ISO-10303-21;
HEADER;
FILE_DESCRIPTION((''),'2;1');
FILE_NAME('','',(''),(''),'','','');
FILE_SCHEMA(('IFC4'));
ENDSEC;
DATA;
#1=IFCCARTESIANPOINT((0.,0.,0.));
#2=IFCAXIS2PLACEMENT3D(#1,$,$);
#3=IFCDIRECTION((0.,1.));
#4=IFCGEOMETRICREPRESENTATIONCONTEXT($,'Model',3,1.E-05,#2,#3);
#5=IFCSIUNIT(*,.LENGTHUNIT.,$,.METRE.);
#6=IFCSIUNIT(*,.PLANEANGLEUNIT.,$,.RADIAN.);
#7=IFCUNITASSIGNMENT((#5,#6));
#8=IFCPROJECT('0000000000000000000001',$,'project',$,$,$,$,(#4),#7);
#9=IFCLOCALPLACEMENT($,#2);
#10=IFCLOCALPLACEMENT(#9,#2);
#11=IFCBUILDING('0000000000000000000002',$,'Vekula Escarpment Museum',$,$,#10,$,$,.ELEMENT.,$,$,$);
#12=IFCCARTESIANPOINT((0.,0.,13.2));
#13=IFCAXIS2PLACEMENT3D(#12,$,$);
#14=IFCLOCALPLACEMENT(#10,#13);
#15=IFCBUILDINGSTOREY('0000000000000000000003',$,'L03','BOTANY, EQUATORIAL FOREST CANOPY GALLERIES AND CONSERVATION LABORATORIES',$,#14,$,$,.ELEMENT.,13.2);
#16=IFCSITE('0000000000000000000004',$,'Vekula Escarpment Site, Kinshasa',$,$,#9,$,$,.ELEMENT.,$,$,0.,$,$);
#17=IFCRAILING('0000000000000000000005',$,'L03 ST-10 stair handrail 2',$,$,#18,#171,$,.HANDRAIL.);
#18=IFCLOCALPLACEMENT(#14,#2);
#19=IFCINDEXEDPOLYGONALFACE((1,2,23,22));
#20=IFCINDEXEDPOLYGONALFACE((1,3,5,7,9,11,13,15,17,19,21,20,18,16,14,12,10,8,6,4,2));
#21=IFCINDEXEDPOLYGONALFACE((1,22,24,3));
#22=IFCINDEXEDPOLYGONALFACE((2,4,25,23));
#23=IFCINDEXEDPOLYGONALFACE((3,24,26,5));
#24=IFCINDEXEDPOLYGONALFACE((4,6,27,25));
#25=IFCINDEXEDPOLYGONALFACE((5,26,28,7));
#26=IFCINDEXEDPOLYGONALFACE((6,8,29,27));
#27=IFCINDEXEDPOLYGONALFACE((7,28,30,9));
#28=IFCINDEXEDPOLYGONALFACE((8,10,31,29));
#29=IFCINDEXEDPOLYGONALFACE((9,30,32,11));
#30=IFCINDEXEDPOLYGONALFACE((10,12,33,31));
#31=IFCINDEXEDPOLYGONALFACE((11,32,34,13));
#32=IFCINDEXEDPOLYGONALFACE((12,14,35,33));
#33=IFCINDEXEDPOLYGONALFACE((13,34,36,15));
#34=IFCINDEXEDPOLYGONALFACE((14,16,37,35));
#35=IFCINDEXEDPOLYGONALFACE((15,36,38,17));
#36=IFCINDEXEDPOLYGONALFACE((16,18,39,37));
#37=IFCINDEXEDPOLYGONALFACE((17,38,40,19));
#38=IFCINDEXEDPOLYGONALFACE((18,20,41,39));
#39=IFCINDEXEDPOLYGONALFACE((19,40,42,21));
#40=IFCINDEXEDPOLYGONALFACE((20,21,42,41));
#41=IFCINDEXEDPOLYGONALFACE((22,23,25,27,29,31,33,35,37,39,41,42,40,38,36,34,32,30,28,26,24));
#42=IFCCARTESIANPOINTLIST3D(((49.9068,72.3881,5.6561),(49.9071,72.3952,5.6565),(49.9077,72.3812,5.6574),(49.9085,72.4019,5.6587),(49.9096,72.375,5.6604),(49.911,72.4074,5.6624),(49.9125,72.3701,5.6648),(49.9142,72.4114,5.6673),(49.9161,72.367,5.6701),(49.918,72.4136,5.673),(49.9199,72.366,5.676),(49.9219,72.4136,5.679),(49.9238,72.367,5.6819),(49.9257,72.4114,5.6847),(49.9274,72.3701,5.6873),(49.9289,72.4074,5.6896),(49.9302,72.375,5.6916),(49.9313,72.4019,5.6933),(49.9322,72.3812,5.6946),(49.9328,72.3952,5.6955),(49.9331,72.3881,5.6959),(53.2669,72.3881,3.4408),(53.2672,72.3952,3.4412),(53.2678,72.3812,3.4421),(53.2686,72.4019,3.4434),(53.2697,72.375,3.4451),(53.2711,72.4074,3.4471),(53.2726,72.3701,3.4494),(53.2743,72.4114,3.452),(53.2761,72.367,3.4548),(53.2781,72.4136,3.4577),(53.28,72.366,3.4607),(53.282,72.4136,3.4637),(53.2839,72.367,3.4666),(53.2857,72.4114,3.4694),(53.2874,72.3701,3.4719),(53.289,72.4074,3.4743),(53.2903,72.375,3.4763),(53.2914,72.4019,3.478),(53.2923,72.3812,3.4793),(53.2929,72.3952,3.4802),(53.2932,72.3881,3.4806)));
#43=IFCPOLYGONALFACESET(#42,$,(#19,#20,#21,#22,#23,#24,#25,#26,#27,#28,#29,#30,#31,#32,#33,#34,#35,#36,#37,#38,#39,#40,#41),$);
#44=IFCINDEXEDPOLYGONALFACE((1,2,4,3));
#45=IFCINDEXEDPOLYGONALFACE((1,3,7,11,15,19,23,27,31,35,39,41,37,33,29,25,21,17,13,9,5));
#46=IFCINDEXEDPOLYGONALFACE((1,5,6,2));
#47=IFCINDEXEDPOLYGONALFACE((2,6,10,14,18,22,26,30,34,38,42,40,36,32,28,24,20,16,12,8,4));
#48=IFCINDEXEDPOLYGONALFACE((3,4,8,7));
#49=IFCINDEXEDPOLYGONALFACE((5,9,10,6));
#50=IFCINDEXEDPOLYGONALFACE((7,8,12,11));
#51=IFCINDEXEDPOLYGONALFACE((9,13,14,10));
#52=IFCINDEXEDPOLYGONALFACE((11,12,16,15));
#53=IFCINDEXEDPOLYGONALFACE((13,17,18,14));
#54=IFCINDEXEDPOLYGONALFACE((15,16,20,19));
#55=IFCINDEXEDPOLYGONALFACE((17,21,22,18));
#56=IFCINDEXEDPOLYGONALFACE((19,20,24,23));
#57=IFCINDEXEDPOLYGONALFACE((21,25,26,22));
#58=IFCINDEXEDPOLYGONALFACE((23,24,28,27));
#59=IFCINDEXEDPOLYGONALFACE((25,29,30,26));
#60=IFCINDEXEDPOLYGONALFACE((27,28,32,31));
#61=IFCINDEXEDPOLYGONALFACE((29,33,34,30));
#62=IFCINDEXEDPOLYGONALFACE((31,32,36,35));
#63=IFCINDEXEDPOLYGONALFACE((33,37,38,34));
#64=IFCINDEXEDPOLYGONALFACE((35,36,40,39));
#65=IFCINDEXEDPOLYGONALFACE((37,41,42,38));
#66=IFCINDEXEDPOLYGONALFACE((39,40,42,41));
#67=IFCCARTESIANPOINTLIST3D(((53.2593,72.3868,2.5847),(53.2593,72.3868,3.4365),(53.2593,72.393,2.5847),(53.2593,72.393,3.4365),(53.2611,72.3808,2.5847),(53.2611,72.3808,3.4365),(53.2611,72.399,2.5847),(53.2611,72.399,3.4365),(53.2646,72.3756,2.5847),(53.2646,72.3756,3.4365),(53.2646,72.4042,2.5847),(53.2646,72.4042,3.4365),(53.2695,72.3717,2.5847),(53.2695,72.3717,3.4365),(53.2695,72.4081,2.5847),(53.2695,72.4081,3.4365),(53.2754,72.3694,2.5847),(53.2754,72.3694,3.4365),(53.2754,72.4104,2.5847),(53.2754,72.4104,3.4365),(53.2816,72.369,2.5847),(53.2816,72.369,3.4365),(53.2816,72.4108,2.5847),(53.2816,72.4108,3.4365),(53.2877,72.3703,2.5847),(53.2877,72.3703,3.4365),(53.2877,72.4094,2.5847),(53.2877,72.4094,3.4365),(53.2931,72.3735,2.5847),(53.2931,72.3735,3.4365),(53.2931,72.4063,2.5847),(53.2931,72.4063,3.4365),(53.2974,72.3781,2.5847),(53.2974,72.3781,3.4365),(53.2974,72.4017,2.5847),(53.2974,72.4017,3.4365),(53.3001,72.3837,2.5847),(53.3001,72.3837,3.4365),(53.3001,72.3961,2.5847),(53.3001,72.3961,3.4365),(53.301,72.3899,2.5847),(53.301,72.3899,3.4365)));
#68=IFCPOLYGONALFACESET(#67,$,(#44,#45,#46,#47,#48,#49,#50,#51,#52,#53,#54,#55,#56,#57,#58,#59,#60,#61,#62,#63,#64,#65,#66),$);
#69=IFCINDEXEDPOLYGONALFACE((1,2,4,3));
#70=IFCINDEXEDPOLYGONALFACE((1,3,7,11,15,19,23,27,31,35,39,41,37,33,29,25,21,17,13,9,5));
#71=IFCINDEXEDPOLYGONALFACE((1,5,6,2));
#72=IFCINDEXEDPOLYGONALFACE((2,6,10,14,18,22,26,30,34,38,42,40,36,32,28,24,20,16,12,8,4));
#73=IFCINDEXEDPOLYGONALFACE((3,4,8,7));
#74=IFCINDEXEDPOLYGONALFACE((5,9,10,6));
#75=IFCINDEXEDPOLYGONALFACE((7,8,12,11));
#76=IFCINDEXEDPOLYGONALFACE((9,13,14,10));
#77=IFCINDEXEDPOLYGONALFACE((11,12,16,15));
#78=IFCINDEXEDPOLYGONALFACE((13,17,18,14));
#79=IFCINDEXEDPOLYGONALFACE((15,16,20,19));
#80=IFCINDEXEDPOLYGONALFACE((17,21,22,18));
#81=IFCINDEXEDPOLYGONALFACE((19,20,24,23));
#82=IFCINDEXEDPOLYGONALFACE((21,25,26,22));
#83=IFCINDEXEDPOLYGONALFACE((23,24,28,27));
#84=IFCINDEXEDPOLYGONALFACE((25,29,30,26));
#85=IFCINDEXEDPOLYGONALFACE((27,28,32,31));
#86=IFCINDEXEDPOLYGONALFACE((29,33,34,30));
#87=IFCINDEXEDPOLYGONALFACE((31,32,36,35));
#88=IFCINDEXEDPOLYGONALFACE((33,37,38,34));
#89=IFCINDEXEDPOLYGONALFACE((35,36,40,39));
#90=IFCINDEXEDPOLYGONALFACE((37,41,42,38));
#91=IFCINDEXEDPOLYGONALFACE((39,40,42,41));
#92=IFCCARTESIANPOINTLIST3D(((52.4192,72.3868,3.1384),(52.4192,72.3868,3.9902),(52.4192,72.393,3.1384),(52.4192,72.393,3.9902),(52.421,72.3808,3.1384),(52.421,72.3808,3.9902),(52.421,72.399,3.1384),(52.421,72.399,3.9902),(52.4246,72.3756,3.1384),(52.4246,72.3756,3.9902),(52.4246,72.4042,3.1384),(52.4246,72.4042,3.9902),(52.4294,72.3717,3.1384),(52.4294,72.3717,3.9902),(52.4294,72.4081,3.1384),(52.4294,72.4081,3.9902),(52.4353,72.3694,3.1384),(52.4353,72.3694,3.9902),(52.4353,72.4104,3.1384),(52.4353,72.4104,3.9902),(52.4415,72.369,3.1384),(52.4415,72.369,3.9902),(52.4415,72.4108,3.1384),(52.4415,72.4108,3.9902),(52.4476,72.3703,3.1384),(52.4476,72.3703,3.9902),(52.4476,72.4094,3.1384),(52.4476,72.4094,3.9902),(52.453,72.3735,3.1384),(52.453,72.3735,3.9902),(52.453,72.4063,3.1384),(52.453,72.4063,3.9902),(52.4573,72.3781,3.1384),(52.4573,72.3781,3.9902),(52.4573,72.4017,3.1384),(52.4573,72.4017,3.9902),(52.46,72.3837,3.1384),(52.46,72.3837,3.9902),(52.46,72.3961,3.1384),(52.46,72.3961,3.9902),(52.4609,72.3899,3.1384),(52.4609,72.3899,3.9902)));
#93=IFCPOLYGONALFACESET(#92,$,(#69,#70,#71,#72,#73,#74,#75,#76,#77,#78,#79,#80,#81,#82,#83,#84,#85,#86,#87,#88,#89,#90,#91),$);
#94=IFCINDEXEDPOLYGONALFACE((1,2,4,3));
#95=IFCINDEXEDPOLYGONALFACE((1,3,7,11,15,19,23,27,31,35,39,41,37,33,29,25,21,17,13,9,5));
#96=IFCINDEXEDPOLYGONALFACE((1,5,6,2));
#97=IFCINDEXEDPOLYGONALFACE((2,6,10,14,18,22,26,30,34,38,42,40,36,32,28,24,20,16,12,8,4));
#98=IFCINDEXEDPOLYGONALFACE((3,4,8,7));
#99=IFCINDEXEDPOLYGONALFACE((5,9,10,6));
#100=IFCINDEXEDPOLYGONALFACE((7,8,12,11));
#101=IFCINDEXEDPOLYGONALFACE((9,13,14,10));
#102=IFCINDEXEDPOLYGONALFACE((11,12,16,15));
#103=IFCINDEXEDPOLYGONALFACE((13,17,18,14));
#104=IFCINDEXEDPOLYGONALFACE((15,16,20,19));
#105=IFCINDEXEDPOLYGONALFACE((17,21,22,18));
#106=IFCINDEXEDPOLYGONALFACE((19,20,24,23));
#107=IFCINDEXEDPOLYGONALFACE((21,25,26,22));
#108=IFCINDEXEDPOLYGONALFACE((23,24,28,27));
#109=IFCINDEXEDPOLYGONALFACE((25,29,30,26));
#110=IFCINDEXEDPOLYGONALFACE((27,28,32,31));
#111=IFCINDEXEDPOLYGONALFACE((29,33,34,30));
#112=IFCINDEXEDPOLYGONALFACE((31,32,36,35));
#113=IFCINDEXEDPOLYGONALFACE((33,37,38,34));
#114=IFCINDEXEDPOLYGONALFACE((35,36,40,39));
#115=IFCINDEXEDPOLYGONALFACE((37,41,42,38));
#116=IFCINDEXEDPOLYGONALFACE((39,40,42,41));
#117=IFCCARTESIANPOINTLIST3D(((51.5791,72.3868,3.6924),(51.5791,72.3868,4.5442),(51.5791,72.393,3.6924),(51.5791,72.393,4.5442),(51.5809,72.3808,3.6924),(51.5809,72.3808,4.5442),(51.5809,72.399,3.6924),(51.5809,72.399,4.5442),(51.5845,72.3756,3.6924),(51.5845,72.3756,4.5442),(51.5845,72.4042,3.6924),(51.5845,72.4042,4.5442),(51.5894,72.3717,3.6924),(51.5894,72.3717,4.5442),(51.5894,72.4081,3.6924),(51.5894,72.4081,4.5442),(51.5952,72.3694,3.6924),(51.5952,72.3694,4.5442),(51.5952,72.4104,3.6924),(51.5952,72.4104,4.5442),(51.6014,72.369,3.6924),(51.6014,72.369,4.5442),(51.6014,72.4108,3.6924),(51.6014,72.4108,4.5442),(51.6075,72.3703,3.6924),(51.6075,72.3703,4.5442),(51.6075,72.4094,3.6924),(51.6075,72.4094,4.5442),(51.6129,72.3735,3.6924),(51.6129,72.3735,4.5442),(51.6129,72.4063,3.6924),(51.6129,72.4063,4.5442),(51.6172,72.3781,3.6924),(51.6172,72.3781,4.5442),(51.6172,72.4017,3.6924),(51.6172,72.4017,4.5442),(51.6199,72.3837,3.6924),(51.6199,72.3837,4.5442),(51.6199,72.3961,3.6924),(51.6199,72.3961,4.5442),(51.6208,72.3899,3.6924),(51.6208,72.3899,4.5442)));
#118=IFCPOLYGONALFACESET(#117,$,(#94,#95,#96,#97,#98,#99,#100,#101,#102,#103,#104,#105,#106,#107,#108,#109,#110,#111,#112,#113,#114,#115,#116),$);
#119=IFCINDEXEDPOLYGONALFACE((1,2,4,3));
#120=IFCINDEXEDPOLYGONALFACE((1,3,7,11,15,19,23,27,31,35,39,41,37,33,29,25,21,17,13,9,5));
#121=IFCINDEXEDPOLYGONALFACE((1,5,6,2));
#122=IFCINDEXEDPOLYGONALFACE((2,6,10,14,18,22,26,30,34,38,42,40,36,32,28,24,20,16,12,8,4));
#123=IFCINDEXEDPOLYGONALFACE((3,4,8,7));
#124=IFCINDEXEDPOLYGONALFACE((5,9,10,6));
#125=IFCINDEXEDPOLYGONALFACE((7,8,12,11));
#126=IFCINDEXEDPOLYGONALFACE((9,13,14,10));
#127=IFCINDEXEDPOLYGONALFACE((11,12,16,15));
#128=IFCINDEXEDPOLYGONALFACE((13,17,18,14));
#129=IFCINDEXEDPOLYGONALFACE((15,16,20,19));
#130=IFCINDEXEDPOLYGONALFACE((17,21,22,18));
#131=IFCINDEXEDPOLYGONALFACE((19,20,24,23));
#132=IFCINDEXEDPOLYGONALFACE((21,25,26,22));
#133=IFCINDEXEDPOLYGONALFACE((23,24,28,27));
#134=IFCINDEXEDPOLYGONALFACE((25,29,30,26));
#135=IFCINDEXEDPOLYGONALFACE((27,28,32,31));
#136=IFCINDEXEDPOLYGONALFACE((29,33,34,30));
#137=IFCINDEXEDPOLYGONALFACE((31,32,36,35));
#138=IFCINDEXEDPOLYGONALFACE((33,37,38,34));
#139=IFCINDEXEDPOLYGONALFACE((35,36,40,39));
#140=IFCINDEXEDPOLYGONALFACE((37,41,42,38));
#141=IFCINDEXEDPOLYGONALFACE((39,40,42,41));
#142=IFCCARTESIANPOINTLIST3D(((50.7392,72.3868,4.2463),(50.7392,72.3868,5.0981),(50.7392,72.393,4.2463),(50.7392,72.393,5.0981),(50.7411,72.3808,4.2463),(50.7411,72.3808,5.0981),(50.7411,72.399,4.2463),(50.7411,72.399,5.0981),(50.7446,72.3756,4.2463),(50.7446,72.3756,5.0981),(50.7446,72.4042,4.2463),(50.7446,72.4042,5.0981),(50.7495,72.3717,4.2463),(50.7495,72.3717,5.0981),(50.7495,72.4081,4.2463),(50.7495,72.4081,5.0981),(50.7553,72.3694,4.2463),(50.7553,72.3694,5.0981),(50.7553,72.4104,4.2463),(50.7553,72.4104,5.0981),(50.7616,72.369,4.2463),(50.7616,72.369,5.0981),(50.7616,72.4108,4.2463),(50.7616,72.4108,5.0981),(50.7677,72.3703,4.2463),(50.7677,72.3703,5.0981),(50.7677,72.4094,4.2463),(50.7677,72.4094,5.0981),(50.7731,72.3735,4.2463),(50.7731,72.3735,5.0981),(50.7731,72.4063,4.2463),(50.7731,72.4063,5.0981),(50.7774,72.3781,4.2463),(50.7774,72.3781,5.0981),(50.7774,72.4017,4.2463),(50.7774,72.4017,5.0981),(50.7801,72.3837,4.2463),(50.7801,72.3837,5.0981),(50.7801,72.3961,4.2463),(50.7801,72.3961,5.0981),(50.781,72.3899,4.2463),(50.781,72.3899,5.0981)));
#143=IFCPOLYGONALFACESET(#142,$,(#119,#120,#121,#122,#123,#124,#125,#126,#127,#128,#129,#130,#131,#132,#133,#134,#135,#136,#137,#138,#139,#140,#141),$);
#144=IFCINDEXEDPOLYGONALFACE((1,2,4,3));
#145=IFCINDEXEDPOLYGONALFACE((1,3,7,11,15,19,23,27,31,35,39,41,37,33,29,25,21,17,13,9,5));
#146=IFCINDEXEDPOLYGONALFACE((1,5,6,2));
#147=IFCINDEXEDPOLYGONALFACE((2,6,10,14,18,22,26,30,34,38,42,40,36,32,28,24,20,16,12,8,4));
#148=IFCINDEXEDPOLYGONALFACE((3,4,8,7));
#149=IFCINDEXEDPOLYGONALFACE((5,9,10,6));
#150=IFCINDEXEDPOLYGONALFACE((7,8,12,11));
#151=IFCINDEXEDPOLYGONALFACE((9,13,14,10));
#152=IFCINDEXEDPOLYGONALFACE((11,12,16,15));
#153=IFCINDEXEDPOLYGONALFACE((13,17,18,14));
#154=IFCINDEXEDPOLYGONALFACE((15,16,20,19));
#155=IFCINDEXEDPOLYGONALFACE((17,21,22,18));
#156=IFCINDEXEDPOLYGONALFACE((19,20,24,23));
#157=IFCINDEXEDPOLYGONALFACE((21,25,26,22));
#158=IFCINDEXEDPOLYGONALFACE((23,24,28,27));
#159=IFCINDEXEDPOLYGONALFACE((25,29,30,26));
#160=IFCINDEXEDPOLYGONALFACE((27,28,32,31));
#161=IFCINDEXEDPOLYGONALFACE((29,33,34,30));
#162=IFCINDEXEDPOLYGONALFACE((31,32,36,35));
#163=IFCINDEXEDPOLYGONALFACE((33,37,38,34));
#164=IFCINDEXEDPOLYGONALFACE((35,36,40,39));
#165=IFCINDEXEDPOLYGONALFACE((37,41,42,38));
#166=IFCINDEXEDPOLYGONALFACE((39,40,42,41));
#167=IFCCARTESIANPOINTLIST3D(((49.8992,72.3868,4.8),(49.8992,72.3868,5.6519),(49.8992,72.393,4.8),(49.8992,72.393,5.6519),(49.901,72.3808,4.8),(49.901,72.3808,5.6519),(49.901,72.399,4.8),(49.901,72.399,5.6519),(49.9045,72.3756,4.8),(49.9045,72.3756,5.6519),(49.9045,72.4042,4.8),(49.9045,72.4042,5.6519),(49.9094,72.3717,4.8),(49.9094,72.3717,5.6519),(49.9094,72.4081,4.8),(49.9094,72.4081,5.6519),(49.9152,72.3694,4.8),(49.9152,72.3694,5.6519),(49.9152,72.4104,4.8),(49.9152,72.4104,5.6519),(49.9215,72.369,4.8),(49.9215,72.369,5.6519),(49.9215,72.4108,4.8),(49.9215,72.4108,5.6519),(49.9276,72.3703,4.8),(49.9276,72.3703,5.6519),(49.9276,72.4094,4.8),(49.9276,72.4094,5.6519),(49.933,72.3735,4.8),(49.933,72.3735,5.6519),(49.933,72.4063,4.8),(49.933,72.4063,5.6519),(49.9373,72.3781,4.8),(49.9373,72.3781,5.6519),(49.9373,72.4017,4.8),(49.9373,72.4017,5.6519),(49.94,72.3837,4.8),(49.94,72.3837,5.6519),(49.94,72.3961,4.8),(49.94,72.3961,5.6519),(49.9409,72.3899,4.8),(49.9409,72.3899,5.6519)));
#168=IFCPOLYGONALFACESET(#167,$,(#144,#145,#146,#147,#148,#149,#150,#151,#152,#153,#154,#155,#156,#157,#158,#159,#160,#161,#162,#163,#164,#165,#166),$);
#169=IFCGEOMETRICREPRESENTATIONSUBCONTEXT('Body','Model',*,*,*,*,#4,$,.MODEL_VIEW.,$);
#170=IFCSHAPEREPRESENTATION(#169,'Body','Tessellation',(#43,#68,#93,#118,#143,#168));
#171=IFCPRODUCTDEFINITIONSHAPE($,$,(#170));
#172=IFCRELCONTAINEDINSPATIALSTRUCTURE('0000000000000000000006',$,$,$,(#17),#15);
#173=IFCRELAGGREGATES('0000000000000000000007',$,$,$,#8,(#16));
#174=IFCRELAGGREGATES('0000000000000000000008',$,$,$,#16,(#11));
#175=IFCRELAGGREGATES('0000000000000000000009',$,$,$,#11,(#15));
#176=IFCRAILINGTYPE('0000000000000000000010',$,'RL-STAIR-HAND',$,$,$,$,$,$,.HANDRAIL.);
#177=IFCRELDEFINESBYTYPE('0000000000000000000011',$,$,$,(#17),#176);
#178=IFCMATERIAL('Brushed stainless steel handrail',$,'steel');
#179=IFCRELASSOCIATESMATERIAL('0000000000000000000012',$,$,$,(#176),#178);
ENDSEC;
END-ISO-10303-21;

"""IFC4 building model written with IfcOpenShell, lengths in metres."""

from ifc_helpers import new_model, si_unit, direction, frame, origin, origin_2d, place, context, subcontext, project, spatial, circle, extrude, material, type_object, element, save


model = new_model("IFC4")

# Units and contexts
model_context = context("Model", 3, precision=1e-05, world=origin(), true_north=direction((0.0, 1.0)))
body_context = subcontext(model_context, "Body", "Model", "MODEL_VIEW")
ifc_project = project(units=[si_unit("LENGTHUNIT", "METRE"), si_unit("PLANEANGLEUNIT", "RADIAN")], contexts=[model_context])

# Site, building, storey
site_placement = place(None, origin())
site = spatial("IfcSite", under=ifc_project, at=site_placement, Name="Vekula Escarpment Site, Kinshasa", CompositionType="ELEMENT", RefElevation=0.0)
building_placement = place(site_placement, origin())
building = spatial("IfcBuilding", under=site, at=building_placement, Name="Vekula Escarpment Museum", CompositionType="ELEMENT")
storey_placement = place(building_placement, frame((0.0, 0.0, 13.2)))
storey = spatial("IfcBuildingStorey", under=building, at=storey_placement, Name="L03", Description="BOTANY, EQUATORIAL FOREST CANOPY GALLERIES AND CONSERVATION LABORATORIES", CompositionType="ELEMENT", Elevation=13.2)

# Railing
ifc_material_1 = material(Name="Brushed stainless steel handrail", Category="steel")
railing_type_1 = type_object("IfcRailingType", Name="RL-STAIR-HAND", PredefinedType="HANDRAIL", material=ifc_material_1)
railing_1_placement = place(storey_placement, frame((53.28, 72.3899, 2.5847)))
element("IfcRailing", 1, at=railing_1_placement, inside=storey, type_object=railing_type_1, Name="L03 ST-10 stair handrail 2", PredefinedType="HANDRAIL", context=body_context, shape_type="SweptSolid", body=[
    extrude(circle(Radius=0.0239, at=origin_2d()), frame((0.0, 0.0, 0.876), z_axis=(-0.834876, 0.0, 0.550437), x_axis=(0.0, -1.0, 0.0)), (0.0, 0.0, 1.0), 4.0247),
    extrude(circle(Radius=0.021, at=origin_2d()), origin(), (0.0, 0.0, 1.0), 0.8518),
    extrude(circle(Radius=0.021, at=origin_2d()), frame((-0.8401, 0.0, 0.5537)), (0.0, 0.0, 1.0), 0.8518),
    extrude(circle(Radius=0.021, at=origin_2d()), frame((-1.6802, 0.0, 1.1077)), (0.0, 0.0, 1.0), 0.8518),
    extrude(circle(Radius=0.021, at=origin_2d()), frame((-2.52, 0.0, 1.6616)), (0.0, 0.0, 1.0), 0.8518),
    extrude(circle(Radius=0.021, at=origin_2d()), frame((-3.3601, 0.0, 2.2153)), (0.0, 0.0, 1.0), 0.8518),
])

save(model, "model.ifc")
